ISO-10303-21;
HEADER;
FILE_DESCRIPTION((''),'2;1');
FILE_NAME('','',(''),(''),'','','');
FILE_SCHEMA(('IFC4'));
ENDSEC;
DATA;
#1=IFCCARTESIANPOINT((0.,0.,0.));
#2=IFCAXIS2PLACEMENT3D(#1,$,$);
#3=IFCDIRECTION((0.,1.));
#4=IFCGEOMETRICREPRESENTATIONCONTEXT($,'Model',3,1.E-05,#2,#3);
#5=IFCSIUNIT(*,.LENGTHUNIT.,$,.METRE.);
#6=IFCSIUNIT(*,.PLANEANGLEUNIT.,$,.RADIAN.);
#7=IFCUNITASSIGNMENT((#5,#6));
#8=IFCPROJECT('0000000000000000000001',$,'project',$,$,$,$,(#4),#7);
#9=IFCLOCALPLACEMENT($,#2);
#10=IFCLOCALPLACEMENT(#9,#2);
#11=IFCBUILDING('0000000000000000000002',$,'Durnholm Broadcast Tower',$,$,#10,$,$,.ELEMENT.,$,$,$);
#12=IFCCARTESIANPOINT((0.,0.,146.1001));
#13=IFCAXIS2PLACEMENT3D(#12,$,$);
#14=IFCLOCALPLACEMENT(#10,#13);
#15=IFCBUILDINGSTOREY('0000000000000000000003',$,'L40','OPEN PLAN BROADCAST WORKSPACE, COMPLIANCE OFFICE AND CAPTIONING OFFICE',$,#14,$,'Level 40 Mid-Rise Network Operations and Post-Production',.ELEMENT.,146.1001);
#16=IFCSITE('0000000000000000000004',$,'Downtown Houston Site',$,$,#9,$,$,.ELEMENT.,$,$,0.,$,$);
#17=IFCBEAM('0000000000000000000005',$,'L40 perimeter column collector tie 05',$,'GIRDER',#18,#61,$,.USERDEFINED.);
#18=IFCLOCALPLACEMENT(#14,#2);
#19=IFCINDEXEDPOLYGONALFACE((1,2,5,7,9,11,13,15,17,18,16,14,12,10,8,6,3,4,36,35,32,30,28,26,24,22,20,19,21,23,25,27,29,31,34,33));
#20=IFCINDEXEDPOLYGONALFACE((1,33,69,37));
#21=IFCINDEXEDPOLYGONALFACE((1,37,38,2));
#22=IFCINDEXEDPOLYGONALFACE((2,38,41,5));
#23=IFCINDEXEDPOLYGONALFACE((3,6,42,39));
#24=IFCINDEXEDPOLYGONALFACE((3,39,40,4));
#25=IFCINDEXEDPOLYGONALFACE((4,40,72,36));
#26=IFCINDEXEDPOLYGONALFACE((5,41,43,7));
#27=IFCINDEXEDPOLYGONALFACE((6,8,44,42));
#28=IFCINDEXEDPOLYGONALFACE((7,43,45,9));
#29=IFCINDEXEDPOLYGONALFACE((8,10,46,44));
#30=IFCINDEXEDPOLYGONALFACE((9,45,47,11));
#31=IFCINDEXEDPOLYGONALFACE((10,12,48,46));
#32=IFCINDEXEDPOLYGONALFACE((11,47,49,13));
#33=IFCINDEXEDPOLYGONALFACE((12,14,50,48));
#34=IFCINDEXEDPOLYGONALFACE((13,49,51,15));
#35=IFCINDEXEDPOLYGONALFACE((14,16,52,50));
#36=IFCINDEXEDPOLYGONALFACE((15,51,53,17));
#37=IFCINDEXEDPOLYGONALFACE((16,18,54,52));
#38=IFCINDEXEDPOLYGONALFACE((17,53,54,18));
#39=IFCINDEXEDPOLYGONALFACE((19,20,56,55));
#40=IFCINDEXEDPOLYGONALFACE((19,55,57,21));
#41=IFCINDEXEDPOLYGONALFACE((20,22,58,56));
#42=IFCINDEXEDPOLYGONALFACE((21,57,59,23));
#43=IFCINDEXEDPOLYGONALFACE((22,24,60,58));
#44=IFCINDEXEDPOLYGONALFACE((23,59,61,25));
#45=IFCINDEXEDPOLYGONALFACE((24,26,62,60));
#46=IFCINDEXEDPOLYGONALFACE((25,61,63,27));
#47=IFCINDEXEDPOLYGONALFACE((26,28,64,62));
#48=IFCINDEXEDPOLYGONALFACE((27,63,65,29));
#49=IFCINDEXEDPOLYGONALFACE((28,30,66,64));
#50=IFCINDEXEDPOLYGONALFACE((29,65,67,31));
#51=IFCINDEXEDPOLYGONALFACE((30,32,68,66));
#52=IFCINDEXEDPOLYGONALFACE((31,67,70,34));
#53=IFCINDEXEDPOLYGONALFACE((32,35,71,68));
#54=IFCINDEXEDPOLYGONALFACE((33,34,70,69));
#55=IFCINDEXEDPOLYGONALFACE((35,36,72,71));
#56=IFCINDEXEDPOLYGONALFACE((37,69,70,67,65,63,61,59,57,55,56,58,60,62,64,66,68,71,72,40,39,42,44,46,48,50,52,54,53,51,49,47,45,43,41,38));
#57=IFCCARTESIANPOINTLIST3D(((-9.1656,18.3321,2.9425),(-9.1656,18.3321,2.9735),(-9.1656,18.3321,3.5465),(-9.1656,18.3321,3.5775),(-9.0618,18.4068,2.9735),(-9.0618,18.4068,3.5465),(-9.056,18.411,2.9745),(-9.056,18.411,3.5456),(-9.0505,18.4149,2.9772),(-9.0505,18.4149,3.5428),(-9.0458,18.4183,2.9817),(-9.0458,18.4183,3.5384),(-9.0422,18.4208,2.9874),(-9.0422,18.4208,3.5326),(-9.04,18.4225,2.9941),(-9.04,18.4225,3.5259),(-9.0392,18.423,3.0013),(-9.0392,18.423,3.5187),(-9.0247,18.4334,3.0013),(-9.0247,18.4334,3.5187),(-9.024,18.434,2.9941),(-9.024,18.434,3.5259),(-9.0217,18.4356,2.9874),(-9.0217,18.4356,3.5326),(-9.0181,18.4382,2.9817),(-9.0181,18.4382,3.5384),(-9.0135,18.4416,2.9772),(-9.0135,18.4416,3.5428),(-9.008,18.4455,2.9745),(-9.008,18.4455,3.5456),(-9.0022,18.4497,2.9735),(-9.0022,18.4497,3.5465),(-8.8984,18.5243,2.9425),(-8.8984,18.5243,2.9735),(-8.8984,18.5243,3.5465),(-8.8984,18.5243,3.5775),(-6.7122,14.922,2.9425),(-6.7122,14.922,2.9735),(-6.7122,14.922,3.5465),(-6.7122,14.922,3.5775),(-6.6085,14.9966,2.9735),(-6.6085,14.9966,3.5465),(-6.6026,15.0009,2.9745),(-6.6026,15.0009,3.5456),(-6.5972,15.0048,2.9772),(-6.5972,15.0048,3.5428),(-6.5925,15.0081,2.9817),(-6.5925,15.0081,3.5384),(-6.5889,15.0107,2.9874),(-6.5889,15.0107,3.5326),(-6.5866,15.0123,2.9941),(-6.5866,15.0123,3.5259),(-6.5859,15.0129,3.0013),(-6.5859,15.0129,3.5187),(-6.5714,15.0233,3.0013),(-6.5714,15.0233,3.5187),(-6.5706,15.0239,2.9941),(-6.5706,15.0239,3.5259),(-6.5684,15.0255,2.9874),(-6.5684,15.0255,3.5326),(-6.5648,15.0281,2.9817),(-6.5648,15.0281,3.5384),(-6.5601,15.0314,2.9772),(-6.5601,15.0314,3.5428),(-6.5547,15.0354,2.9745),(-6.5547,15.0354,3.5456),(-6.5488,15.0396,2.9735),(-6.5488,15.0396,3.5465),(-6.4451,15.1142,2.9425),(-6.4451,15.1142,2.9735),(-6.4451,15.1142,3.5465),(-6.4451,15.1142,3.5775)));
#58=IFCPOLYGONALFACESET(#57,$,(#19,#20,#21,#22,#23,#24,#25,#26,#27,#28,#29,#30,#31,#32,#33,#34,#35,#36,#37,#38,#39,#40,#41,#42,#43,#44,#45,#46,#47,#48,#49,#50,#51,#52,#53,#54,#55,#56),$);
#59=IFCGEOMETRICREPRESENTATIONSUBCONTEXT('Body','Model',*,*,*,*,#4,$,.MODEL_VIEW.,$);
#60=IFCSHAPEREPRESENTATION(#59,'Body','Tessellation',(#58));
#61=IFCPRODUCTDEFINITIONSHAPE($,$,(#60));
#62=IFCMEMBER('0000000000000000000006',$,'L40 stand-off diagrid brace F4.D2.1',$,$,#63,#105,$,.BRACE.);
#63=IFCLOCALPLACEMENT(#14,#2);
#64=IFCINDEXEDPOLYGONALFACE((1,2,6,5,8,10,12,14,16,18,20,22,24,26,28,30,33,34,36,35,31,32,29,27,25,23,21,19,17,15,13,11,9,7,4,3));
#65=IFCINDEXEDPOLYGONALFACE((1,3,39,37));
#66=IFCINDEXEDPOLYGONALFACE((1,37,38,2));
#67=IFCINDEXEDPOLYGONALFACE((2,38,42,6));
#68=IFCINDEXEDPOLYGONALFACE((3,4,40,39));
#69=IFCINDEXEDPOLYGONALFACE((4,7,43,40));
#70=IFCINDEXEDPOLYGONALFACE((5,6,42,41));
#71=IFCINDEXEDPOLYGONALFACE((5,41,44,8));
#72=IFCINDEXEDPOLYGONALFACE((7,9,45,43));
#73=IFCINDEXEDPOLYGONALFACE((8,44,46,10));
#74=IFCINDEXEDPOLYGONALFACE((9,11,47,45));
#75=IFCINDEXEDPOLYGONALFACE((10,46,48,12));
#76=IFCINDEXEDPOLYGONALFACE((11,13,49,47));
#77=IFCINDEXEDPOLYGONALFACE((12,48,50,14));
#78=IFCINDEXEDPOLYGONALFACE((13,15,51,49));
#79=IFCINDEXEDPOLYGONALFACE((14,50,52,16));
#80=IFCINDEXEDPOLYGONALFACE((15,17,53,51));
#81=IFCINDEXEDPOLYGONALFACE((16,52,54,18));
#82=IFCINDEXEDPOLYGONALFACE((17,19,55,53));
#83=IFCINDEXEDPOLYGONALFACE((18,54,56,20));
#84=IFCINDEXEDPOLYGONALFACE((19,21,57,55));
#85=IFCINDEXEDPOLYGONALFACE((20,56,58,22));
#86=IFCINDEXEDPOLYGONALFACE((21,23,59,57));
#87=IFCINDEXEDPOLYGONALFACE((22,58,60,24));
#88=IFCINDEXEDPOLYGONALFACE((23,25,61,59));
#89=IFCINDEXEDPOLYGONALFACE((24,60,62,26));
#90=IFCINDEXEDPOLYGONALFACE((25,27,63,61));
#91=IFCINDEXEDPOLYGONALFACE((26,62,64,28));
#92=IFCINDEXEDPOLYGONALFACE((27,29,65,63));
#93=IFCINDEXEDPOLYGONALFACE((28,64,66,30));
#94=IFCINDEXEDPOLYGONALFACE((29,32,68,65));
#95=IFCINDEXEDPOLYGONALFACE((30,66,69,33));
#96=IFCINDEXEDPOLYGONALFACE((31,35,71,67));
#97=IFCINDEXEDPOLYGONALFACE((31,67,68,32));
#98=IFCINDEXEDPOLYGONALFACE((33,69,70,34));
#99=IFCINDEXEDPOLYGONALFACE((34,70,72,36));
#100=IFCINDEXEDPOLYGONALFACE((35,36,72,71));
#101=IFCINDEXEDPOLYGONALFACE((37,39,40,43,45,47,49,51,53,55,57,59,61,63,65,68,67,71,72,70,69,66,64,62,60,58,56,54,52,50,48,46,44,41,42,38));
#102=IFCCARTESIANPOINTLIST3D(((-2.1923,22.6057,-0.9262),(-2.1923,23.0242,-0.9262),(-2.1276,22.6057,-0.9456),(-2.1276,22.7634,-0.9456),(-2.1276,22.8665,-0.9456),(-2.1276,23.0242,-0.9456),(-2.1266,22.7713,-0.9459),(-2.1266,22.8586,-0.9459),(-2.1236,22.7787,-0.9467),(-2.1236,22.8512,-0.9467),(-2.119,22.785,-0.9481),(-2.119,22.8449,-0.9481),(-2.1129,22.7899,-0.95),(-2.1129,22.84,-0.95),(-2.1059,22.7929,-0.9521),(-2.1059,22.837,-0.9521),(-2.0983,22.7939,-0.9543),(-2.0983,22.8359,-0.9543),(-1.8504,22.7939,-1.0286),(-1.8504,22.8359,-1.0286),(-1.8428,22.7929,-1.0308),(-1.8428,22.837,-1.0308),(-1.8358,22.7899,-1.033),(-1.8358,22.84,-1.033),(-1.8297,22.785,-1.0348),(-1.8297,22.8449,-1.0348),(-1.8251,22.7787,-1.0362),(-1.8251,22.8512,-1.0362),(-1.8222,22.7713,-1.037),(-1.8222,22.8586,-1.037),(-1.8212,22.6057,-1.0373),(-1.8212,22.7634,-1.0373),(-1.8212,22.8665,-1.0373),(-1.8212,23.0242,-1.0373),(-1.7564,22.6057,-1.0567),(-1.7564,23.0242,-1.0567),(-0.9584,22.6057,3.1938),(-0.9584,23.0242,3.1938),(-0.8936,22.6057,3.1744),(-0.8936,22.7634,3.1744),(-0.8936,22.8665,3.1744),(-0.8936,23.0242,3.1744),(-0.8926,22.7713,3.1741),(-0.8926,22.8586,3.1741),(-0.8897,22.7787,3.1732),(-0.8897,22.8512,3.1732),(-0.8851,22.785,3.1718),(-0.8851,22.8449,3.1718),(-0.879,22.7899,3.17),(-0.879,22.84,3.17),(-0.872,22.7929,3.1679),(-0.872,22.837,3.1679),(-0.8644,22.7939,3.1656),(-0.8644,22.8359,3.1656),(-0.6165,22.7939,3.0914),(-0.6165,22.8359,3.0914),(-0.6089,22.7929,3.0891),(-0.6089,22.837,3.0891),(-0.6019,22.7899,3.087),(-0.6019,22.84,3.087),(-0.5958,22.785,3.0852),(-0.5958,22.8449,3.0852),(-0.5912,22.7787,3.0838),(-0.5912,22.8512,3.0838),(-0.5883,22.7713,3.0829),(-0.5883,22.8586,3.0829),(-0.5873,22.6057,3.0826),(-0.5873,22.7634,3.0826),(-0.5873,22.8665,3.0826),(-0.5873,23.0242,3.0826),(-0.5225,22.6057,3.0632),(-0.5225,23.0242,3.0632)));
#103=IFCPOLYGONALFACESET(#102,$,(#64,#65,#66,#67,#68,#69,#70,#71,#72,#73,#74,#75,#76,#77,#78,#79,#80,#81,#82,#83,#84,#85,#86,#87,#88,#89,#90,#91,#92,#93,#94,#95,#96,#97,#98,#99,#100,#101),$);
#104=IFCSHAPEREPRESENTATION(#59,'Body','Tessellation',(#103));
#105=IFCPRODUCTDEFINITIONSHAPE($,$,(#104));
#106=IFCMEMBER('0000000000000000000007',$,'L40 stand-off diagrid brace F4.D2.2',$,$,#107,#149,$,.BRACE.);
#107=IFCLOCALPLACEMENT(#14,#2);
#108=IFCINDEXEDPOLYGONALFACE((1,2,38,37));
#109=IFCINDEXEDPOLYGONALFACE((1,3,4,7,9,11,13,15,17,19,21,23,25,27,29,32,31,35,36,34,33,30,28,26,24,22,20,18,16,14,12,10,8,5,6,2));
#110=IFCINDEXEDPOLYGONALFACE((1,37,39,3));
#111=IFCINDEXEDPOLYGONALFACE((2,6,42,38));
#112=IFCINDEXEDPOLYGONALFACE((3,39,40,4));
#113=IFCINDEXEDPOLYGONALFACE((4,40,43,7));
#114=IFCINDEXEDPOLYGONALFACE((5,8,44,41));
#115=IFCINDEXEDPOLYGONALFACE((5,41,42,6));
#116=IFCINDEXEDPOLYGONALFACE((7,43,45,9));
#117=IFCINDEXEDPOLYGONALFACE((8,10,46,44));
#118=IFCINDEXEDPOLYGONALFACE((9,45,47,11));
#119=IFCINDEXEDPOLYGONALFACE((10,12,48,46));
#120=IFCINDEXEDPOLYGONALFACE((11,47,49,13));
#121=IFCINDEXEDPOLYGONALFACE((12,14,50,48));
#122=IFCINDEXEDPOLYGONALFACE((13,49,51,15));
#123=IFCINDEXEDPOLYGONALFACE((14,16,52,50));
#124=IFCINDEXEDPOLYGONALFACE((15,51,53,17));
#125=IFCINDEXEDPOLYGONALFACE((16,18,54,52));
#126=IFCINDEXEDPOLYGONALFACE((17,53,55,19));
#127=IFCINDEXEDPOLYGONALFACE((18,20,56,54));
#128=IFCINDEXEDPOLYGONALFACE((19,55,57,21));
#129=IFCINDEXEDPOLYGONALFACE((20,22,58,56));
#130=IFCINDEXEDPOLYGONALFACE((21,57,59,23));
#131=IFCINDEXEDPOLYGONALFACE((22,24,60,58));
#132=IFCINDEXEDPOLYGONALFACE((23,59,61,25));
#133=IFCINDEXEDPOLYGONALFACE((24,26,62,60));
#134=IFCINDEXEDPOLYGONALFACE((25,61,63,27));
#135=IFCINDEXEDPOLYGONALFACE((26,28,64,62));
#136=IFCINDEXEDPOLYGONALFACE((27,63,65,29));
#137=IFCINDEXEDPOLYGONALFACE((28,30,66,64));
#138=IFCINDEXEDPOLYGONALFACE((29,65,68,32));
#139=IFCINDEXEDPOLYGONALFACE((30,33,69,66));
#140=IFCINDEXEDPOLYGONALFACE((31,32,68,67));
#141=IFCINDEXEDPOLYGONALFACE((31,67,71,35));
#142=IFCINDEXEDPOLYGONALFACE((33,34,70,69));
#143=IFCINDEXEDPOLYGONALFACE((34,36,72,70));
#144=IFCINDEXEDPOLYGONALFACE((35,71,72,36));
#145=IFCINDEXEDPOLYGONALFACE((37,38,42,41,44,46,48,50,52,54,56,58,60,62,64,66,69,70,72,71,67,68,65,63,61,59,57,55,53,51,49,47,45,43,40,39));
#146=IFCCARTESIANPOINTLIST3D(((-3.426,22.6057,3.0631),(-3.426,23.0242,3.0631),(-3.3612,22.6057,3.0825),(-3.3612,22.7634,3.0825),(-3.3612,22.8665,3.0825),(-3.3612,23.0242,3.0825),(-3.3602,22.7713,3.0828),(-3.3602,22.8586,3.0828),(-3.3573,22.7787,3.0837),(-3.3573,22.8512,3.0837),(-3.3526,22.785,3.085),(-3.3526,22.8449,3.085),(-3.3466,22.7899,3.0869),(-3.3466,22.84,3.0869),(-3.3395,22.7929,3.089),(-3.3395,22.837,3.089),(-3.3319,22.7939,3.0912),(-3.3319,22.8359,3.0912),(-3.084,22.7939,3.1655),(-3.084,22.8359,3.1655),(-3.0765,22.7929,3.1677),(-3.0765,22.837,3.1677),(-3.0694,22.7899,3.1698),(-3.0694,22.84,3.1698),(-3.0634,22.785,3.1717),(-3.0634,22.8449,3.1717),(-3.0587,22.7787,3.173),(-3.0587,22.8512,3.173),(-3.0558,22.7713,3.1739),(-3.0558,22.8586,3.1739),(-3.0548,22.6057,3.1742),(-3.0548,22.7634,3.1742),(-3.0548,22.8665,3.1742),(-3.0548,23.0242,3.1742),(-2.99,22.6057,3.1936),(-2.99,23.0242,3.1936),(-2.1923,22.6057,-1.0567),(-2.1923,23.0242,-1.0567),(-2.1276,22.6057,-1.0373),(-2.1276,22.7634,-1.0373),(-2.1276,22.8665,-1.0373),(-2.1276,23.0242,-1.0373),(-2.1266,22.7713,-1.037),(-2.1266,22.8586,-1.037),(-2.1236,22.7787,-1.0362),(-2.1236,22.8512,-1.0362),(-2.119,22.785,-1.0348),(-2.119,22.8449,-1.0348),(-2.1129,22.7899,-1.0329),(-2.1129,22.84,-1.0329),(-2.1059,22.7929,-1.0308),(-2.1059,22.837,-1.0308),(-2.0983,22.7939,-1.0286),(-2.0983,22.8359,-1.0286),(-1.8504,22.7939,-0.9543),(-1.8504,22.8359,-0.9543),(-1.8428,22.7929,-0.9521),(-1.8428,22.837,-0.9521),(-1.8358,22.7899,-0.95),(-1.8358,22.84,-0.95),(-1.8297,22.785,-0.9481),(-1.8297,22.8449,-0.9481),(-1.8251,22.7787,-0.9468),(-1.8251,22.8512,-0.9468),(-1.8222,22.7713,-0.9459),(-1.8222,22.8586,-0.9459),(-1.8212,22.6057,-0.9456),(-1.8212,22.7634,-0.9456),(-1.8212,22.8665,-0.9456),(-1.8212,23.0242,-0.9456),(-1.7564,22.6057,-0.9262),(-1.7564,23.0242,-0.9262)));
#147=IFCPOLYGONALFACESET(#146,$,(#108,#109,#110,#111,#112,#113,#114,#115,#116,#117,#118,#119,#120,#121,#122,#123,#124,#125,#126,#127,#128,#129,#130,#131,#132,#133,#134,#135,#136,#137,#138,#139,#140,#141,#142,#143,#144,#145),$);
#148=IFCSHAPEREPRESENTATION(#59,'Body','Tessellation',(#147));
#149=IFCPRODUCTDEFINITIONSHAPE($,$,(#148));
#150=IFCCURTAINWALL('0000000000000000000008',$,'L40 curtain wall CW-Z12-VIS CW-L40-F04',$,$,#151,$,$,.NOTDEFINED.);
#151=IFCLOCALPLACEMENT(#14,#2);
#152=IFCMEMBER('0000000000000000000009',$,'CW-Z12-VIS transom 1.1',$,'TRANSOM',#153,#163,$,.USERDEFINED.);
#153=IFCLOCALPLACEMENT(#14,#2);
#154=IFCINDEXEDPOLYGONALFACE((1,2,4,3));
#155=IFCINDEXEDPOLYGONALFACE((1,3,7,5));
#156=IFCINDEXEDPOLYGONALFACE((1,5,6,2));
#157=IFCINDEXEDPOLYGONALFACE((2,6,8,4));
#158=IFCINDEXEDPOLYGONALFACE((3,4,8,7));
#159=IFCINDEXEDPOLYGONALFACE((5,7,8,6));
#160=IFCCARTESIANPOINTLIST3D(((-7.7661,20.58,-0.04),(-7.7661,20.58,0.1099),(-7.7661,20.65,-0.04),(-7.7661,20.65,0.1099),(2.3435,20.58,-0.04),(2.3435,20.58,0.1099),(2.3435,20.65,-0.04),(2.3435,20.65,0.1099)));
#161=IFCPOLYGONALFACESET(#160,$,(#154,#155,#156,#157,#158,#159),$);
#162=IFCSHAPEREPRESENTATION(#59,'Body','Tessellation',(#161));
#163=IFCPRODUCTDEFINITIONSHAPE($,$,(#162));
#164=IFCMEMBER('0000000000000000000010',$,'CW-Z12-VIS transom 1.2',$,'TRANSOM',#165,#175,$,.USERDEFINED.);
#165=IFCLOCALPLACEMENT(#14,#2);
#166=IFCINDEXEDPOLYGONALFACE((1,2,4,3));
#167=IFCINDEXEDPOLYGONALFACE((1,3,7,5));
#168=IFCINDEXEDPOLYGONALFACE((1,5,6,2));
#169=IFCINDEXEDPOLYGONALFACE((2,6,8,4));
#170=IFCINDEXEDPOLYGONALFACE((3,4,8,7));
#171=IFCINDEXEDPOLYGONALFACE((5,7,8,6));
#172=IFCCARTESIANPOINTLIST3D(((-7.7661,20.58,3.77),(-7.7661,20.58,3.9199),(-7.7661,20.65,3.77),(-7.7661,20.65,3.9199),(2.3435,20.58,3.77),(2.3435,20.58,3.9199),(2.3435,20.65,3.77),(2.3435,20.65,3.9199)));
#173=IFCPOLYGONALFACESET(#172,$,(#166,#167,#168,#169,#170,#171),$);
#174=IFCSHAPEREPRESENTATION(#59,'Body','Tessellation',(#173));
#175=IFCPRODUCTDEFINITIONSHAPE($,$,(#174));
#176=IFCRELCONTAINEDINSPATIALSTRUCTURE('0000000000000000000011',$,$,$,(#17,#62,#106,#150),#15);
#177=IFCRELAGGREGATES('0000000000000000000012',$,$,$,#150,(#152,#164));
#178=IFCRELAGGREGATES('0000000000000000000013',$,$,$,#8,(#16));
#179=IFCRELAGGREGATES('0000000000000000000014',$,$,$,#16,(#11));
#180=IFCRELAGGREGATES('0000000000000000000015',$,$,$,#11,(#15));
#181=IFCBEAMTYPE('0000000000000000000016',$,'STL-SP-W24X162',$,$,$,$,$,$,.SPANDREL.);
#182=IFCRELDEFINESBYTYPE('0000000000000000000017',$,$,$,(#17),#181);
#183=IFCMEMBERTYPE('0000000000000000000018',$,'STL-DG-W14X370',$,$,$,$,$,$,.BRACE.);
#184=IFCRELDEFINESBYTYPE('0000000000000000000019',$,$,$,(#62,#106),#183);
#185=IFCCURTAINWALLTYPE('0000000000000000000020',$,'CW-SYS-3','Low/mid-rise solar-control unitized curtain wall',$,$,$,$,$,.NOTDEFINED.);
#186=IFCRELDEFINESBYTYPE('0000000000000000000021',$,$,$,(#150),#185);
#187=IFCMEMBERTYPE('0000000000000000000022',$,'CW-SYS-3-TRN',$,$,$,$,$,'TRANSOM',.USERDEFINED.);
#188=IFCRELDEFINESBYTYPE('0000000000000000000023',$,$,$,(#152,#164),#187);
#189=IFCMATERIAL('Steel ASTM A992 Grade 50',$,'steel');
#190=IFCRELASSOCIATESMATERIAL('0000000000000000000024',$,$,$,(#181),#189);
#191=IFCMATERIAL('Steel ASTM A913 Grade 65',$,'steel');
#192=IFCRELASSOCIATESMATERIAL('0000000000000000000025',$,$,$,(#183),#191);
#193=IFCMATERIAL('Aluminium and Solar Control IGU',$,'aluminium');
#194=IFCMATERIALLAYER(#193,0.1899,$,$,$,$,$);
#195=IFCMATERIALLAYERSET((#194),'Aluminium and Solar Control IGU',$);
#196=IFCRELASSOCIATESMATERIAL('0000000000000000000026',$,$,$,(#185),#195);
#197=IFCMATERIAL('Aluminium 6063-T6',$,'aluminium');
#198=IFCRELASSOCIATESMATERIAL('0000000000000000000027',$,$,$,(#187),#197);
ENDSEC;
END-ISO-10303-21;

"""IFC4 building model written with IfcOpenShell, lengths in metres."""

from ifc_helpers import new_model, si_unit, direction, frame, origin, origin_2d, place, context, subcontext, project, spatial, rectangle, i_section, extrude, source, transform, mapped, material, layer, layer_set, material_profile, profile_set, type_object, type_shapes, element, aggregate, save


model = new_model("IFC4")

# Units and contexts
model_context = context("Model", 3, precision=1e-05, world=origin(), true_north=direction((0.0, 1.0)))
body_context = subcontext(model_context, "Body", "Model", "MODEL_VIEW")
ifc_project = project(units=[si_unit("LENGTHUNIT", "METRE"), si_unit("PLANEANGLEUNIT", "RADIAN")], contexts=[model_context])

# Site, building, storey
site_placement = place(None, origin())
site = spatial("IfcSite", under=ifc_project, at=site_placement, Name="Downtown Houston Site", CompositionType="ELEMENT", RefElevation=0.0)
building_placement = place(site_placement, origin())
building = spatial("IfcBuilding", under=site, at=building_placement, Name="Durnholm Broadcast Tower", CompositionType="ELEMENT")
storey_placement = place(building_placement, frame((0.0, 0.0, 146.1001)))
storey = spatial("IfcBuildingStorey", under=building, at=storey_placement, Name="L40", Description="OPEN PLAN BROADCAST WORKSPACE, COMPLIANCE OFFICE AND CAPTIONING OFFICE", LongName="Level 40 Mid-Rise Network Operations and Post-Production", CompositionType="ELEMENT", Elevation=146.1001)

# Beam
ifc_material_1 = material(Name="Steel ASTM A992 Grade 50", Category="steel")
ifc_material_profile_1 = material_profile(ifc_material_1, i_section(OverallWidth=0.3291, OverallDepth=0.635, WebThickness=0.0178, FlangeThickness=0.031, FilletRadius=0.0278, at=origin_2d()), Name="W24X162")
ifc_profile_set_1 = profile_set([ifc_material_profile_1], Name="Steel ASTM A992 Grade 50")
beam_type_1 = type_object("IfcBeamType", Name="STL-SP-W24X162", PredefinedType="SPANDREL", material=ifc_profile_set_1)
shared_shape_1 = source(origin(), body_context, "Body", "SweptSolid", [
    extrude(i_section(OverallWidth=0.3291, OverallDepth=0.635, WebThickness=0.0178, FlangeThickness=0.031, FilletRadius=0.0278, at=origin_2d()), origin(), (0.0, 0.0, 1.0), 4.2009),
])
type_shapes(beam_type_1, [shared_shape_1])
beam_1_placement = place(storey_placement, frame((-9.032, 18.4282, 3.26), z_axis=(0.584, -0.811754, 0.0), x_axis=(0.811754, 0.584, 0.0)))
element("IfcBeam", 1, at=beam_1_placement, inside=storey, type_object=beam_type_1, Name="L40 perimeter column collector tie 05", ObjectType="GIRDER", PredefinedType="USERDEFINED", context=body_context, shape_type="MappedRepresentation", body=[
    mapped(shared_shape_1, transform((0.0, 0.0, 0.0), x_axis=(1.0, 0.0, 0.0), y_axis=(0.0, 1.0, 0.0), z_axis=(0.0, 0.0, 1.0), scale=1.0)),
])

# Members
ifc_material_2 = material(Name="Steel ASTM A913 Grade 65", Category="steel")
ifc_material_profile_2 = material_profile(ifc_material_2, i_section(OverallWidth=0.4185, OverallDepth=0.4551, WebThickness=0.042, FlangeThickness=0.0676, FilletRadius=0.0305, at=origin_2d()), Name="W14X370")
ifc_profile_set_2 = profile_set([ifc_material_profile_2], Name="Steel ASTM A913 Grade 65")
member_type_1 = type_object("IfcMemberType", Name="STL-DG-W14X370", PredefinedType="BRACE", material=ifc_profile_set_2)
shared_shape_2 = source(origin(), body_context, "Body", "SweptSolid", [
    extrude(i_section(OverallWidth=0.4185, OverallDepth=0.4551, WebThickness=0.042, FlangeThickness=0.0676, FilletRadius=0.0305, at=origin_2d()), origin(), (0.0, 0.0, 1.0), 4.3008),
])
member_1_placement = place(storey_placement, frame((-1.9744, 22.8149, -0.9915), z_axis=(0.286905, 0.0, 0.957959), x_axis=(0.0, 1.0, 0.0)))
element("IfcMember", 2, at=member_1_placement, inside=storey, type_object=member_type_1, Name="L40 stand-off diagrid brace F4.D2.1", PredefinedType="BRACE", context=body_context, shape_type="MappedRepresentation", body=[
    mapped(shared_shape_2, transform((0.0, 0.0, 0.0), x_axis=(1.0, 0.0, 0.0), y_axis=(0.0, 1.0, 0.0), z_axis=(0.0, 0.0, 1.0), scale=1.0)),
])
shared_shape_3 = source(origin(), body_context, "Body", "SweptSolid", [
    extrude(i_section(OverallWidth=0.4185, OverallDepth=0.4551, WebThickness=0.042, FlangeThickness=0.0676, FilletRadius=0.0305, at=origin_2d()), origin(), (0.0, 0.0, 1.0), 4.3005),
])
type_shapes(member_type_1, [shared_shape_2, shared_shape_3])
member_2_placement = place(storey_placement, frame((-1.9744, 22.8149, -0.9915), z_axis=(-0.286853, 0.0, 0.957975), x_axis=(0.0, -1.0, 0.0)))
element("IfcMember", 3, at=member_2_placement, inside=storey, type_object=member_type_1, Name="L40 stand-off diagrid brace F4.D2.2", PredefinedType="BRACE", context=body_context, shape_type="MappedRepresentation", body=[
    mapped(shared_shape_3, transform((0.0, 0.0, 0.0), x_axis=(1.0, 0.0, 0.0), y_axis=(0.0, 1.0, 0.0), z_axis=(0.0, 0.0, 1.0), scale=1.0)),
])

# Curtain wall, members
ifc_material_3 = material(Name="Aluminium and Solar Control IGU", Category="aluminium")
ifc_layer_1 = layer(ifc_material_3, 0.1899)
ifc_layer_set_1 = layer_set([ifc_layer_1], Name="Aluminium and Solar Control IGU")
curtain_wall_type_1 = type_object("IfcCurtainWallType", Name="CW-SYS-3", Description="Low/mid-rise solar-control unitized curtain wall", PredefinedType="NOTDEFINED", material=ifc_layer_set_1)
curtain_wall_1_placement = place(storey_placement, origin())
curtain_wall_1 = element("IfcCurtainWall", 4, at=curtain_wall_1_placement, inside=storey, type_object=curtain_wall_type_1, Name="L40 curtain wall CW-Z12-VIS CW-L40-F04", PredefinedType="NOTDEFINED")
ifc_material_4 = material(Name="Aluminium 6063-T6", Category="aluminium")
ifc_material_profile_3 = material_profile(ifc_material_4, rectangle(XDim=0.0701, YDim=0.1499, at=origin_2d()), Name="CWT70X150")
ifc_profile_set_3 = profile_set([ifc_material_profile_3], Name="Aluminium 6063-T6")
member_type_2 = type_object("IfcMemberType", Name="CW-SYS-3-TRN", ElementType="TRANSOM", PredefinedType="USERDEFINED", material=ifc_profile_set_3)
shared_shape_4 = source(origin(), body_context, "Body", "SweptSolid", [
    extrude(rectangle(XDim=0.0701, YDim=0.1499, at=origin_2d()), origin(), (0.0, 0.0, 1.0), 10.1096),
])
type_shapes(member_type_2, [shared_shape_4])
member_3_placement = place(storey_placement, frame((-7.7661, 20.615, 0.0349), z_axis=(1.0, 0.0, 0.0), x_axis=(0.0, 1.0, 0.0)))
member_3 = element("IfcMember", 5, at=member_3_placement, type_object=member_type_2, Name="CW-Z12-VIS transom 1.1", ObjectType="TRANSOM", PredefinedType="USERDEFINED", context=body_context, shape_type="MappedRepresentation", body=[
    mapped(shared_shape_4, transform((0.0, 0.0, 0.0), x_axis=(1.0, 0.0, 0.0), y_axis=(0.0, 1.0, 0.0), z_axis=(0.0, 0.0, 1.0), scale=1.0)),
])
member_4_placement = place(storey_placement, frame((-7.7661, 20.615, 3.845), z_axis=(1.0, 0.0, 0.0), x_axis=(0.0, 1.0, 0.0)))
member_4 = element("IfcMember", 6, at=member_4_placement, type_object=member_type_2, Name="CW-Z12-VIS transom 1.2", ObjectType="TRANSOM", PredefinedType="USERDEFINED", context=body_context, shape_type="MappedRepresentation", body=[
    mapped(shared_shape_4, transform((0.0, 0.0, 0.0), x_axis=(1.0, 0.0, 0.0), y_axis=(0.0, 1.0, 0.0), z_axis=(0.0, 0.0, 1.0), scale=1.0)),
])

aggregate(curtain_wall_1, [member_3, member_4])

save(model, "model.ifc")
